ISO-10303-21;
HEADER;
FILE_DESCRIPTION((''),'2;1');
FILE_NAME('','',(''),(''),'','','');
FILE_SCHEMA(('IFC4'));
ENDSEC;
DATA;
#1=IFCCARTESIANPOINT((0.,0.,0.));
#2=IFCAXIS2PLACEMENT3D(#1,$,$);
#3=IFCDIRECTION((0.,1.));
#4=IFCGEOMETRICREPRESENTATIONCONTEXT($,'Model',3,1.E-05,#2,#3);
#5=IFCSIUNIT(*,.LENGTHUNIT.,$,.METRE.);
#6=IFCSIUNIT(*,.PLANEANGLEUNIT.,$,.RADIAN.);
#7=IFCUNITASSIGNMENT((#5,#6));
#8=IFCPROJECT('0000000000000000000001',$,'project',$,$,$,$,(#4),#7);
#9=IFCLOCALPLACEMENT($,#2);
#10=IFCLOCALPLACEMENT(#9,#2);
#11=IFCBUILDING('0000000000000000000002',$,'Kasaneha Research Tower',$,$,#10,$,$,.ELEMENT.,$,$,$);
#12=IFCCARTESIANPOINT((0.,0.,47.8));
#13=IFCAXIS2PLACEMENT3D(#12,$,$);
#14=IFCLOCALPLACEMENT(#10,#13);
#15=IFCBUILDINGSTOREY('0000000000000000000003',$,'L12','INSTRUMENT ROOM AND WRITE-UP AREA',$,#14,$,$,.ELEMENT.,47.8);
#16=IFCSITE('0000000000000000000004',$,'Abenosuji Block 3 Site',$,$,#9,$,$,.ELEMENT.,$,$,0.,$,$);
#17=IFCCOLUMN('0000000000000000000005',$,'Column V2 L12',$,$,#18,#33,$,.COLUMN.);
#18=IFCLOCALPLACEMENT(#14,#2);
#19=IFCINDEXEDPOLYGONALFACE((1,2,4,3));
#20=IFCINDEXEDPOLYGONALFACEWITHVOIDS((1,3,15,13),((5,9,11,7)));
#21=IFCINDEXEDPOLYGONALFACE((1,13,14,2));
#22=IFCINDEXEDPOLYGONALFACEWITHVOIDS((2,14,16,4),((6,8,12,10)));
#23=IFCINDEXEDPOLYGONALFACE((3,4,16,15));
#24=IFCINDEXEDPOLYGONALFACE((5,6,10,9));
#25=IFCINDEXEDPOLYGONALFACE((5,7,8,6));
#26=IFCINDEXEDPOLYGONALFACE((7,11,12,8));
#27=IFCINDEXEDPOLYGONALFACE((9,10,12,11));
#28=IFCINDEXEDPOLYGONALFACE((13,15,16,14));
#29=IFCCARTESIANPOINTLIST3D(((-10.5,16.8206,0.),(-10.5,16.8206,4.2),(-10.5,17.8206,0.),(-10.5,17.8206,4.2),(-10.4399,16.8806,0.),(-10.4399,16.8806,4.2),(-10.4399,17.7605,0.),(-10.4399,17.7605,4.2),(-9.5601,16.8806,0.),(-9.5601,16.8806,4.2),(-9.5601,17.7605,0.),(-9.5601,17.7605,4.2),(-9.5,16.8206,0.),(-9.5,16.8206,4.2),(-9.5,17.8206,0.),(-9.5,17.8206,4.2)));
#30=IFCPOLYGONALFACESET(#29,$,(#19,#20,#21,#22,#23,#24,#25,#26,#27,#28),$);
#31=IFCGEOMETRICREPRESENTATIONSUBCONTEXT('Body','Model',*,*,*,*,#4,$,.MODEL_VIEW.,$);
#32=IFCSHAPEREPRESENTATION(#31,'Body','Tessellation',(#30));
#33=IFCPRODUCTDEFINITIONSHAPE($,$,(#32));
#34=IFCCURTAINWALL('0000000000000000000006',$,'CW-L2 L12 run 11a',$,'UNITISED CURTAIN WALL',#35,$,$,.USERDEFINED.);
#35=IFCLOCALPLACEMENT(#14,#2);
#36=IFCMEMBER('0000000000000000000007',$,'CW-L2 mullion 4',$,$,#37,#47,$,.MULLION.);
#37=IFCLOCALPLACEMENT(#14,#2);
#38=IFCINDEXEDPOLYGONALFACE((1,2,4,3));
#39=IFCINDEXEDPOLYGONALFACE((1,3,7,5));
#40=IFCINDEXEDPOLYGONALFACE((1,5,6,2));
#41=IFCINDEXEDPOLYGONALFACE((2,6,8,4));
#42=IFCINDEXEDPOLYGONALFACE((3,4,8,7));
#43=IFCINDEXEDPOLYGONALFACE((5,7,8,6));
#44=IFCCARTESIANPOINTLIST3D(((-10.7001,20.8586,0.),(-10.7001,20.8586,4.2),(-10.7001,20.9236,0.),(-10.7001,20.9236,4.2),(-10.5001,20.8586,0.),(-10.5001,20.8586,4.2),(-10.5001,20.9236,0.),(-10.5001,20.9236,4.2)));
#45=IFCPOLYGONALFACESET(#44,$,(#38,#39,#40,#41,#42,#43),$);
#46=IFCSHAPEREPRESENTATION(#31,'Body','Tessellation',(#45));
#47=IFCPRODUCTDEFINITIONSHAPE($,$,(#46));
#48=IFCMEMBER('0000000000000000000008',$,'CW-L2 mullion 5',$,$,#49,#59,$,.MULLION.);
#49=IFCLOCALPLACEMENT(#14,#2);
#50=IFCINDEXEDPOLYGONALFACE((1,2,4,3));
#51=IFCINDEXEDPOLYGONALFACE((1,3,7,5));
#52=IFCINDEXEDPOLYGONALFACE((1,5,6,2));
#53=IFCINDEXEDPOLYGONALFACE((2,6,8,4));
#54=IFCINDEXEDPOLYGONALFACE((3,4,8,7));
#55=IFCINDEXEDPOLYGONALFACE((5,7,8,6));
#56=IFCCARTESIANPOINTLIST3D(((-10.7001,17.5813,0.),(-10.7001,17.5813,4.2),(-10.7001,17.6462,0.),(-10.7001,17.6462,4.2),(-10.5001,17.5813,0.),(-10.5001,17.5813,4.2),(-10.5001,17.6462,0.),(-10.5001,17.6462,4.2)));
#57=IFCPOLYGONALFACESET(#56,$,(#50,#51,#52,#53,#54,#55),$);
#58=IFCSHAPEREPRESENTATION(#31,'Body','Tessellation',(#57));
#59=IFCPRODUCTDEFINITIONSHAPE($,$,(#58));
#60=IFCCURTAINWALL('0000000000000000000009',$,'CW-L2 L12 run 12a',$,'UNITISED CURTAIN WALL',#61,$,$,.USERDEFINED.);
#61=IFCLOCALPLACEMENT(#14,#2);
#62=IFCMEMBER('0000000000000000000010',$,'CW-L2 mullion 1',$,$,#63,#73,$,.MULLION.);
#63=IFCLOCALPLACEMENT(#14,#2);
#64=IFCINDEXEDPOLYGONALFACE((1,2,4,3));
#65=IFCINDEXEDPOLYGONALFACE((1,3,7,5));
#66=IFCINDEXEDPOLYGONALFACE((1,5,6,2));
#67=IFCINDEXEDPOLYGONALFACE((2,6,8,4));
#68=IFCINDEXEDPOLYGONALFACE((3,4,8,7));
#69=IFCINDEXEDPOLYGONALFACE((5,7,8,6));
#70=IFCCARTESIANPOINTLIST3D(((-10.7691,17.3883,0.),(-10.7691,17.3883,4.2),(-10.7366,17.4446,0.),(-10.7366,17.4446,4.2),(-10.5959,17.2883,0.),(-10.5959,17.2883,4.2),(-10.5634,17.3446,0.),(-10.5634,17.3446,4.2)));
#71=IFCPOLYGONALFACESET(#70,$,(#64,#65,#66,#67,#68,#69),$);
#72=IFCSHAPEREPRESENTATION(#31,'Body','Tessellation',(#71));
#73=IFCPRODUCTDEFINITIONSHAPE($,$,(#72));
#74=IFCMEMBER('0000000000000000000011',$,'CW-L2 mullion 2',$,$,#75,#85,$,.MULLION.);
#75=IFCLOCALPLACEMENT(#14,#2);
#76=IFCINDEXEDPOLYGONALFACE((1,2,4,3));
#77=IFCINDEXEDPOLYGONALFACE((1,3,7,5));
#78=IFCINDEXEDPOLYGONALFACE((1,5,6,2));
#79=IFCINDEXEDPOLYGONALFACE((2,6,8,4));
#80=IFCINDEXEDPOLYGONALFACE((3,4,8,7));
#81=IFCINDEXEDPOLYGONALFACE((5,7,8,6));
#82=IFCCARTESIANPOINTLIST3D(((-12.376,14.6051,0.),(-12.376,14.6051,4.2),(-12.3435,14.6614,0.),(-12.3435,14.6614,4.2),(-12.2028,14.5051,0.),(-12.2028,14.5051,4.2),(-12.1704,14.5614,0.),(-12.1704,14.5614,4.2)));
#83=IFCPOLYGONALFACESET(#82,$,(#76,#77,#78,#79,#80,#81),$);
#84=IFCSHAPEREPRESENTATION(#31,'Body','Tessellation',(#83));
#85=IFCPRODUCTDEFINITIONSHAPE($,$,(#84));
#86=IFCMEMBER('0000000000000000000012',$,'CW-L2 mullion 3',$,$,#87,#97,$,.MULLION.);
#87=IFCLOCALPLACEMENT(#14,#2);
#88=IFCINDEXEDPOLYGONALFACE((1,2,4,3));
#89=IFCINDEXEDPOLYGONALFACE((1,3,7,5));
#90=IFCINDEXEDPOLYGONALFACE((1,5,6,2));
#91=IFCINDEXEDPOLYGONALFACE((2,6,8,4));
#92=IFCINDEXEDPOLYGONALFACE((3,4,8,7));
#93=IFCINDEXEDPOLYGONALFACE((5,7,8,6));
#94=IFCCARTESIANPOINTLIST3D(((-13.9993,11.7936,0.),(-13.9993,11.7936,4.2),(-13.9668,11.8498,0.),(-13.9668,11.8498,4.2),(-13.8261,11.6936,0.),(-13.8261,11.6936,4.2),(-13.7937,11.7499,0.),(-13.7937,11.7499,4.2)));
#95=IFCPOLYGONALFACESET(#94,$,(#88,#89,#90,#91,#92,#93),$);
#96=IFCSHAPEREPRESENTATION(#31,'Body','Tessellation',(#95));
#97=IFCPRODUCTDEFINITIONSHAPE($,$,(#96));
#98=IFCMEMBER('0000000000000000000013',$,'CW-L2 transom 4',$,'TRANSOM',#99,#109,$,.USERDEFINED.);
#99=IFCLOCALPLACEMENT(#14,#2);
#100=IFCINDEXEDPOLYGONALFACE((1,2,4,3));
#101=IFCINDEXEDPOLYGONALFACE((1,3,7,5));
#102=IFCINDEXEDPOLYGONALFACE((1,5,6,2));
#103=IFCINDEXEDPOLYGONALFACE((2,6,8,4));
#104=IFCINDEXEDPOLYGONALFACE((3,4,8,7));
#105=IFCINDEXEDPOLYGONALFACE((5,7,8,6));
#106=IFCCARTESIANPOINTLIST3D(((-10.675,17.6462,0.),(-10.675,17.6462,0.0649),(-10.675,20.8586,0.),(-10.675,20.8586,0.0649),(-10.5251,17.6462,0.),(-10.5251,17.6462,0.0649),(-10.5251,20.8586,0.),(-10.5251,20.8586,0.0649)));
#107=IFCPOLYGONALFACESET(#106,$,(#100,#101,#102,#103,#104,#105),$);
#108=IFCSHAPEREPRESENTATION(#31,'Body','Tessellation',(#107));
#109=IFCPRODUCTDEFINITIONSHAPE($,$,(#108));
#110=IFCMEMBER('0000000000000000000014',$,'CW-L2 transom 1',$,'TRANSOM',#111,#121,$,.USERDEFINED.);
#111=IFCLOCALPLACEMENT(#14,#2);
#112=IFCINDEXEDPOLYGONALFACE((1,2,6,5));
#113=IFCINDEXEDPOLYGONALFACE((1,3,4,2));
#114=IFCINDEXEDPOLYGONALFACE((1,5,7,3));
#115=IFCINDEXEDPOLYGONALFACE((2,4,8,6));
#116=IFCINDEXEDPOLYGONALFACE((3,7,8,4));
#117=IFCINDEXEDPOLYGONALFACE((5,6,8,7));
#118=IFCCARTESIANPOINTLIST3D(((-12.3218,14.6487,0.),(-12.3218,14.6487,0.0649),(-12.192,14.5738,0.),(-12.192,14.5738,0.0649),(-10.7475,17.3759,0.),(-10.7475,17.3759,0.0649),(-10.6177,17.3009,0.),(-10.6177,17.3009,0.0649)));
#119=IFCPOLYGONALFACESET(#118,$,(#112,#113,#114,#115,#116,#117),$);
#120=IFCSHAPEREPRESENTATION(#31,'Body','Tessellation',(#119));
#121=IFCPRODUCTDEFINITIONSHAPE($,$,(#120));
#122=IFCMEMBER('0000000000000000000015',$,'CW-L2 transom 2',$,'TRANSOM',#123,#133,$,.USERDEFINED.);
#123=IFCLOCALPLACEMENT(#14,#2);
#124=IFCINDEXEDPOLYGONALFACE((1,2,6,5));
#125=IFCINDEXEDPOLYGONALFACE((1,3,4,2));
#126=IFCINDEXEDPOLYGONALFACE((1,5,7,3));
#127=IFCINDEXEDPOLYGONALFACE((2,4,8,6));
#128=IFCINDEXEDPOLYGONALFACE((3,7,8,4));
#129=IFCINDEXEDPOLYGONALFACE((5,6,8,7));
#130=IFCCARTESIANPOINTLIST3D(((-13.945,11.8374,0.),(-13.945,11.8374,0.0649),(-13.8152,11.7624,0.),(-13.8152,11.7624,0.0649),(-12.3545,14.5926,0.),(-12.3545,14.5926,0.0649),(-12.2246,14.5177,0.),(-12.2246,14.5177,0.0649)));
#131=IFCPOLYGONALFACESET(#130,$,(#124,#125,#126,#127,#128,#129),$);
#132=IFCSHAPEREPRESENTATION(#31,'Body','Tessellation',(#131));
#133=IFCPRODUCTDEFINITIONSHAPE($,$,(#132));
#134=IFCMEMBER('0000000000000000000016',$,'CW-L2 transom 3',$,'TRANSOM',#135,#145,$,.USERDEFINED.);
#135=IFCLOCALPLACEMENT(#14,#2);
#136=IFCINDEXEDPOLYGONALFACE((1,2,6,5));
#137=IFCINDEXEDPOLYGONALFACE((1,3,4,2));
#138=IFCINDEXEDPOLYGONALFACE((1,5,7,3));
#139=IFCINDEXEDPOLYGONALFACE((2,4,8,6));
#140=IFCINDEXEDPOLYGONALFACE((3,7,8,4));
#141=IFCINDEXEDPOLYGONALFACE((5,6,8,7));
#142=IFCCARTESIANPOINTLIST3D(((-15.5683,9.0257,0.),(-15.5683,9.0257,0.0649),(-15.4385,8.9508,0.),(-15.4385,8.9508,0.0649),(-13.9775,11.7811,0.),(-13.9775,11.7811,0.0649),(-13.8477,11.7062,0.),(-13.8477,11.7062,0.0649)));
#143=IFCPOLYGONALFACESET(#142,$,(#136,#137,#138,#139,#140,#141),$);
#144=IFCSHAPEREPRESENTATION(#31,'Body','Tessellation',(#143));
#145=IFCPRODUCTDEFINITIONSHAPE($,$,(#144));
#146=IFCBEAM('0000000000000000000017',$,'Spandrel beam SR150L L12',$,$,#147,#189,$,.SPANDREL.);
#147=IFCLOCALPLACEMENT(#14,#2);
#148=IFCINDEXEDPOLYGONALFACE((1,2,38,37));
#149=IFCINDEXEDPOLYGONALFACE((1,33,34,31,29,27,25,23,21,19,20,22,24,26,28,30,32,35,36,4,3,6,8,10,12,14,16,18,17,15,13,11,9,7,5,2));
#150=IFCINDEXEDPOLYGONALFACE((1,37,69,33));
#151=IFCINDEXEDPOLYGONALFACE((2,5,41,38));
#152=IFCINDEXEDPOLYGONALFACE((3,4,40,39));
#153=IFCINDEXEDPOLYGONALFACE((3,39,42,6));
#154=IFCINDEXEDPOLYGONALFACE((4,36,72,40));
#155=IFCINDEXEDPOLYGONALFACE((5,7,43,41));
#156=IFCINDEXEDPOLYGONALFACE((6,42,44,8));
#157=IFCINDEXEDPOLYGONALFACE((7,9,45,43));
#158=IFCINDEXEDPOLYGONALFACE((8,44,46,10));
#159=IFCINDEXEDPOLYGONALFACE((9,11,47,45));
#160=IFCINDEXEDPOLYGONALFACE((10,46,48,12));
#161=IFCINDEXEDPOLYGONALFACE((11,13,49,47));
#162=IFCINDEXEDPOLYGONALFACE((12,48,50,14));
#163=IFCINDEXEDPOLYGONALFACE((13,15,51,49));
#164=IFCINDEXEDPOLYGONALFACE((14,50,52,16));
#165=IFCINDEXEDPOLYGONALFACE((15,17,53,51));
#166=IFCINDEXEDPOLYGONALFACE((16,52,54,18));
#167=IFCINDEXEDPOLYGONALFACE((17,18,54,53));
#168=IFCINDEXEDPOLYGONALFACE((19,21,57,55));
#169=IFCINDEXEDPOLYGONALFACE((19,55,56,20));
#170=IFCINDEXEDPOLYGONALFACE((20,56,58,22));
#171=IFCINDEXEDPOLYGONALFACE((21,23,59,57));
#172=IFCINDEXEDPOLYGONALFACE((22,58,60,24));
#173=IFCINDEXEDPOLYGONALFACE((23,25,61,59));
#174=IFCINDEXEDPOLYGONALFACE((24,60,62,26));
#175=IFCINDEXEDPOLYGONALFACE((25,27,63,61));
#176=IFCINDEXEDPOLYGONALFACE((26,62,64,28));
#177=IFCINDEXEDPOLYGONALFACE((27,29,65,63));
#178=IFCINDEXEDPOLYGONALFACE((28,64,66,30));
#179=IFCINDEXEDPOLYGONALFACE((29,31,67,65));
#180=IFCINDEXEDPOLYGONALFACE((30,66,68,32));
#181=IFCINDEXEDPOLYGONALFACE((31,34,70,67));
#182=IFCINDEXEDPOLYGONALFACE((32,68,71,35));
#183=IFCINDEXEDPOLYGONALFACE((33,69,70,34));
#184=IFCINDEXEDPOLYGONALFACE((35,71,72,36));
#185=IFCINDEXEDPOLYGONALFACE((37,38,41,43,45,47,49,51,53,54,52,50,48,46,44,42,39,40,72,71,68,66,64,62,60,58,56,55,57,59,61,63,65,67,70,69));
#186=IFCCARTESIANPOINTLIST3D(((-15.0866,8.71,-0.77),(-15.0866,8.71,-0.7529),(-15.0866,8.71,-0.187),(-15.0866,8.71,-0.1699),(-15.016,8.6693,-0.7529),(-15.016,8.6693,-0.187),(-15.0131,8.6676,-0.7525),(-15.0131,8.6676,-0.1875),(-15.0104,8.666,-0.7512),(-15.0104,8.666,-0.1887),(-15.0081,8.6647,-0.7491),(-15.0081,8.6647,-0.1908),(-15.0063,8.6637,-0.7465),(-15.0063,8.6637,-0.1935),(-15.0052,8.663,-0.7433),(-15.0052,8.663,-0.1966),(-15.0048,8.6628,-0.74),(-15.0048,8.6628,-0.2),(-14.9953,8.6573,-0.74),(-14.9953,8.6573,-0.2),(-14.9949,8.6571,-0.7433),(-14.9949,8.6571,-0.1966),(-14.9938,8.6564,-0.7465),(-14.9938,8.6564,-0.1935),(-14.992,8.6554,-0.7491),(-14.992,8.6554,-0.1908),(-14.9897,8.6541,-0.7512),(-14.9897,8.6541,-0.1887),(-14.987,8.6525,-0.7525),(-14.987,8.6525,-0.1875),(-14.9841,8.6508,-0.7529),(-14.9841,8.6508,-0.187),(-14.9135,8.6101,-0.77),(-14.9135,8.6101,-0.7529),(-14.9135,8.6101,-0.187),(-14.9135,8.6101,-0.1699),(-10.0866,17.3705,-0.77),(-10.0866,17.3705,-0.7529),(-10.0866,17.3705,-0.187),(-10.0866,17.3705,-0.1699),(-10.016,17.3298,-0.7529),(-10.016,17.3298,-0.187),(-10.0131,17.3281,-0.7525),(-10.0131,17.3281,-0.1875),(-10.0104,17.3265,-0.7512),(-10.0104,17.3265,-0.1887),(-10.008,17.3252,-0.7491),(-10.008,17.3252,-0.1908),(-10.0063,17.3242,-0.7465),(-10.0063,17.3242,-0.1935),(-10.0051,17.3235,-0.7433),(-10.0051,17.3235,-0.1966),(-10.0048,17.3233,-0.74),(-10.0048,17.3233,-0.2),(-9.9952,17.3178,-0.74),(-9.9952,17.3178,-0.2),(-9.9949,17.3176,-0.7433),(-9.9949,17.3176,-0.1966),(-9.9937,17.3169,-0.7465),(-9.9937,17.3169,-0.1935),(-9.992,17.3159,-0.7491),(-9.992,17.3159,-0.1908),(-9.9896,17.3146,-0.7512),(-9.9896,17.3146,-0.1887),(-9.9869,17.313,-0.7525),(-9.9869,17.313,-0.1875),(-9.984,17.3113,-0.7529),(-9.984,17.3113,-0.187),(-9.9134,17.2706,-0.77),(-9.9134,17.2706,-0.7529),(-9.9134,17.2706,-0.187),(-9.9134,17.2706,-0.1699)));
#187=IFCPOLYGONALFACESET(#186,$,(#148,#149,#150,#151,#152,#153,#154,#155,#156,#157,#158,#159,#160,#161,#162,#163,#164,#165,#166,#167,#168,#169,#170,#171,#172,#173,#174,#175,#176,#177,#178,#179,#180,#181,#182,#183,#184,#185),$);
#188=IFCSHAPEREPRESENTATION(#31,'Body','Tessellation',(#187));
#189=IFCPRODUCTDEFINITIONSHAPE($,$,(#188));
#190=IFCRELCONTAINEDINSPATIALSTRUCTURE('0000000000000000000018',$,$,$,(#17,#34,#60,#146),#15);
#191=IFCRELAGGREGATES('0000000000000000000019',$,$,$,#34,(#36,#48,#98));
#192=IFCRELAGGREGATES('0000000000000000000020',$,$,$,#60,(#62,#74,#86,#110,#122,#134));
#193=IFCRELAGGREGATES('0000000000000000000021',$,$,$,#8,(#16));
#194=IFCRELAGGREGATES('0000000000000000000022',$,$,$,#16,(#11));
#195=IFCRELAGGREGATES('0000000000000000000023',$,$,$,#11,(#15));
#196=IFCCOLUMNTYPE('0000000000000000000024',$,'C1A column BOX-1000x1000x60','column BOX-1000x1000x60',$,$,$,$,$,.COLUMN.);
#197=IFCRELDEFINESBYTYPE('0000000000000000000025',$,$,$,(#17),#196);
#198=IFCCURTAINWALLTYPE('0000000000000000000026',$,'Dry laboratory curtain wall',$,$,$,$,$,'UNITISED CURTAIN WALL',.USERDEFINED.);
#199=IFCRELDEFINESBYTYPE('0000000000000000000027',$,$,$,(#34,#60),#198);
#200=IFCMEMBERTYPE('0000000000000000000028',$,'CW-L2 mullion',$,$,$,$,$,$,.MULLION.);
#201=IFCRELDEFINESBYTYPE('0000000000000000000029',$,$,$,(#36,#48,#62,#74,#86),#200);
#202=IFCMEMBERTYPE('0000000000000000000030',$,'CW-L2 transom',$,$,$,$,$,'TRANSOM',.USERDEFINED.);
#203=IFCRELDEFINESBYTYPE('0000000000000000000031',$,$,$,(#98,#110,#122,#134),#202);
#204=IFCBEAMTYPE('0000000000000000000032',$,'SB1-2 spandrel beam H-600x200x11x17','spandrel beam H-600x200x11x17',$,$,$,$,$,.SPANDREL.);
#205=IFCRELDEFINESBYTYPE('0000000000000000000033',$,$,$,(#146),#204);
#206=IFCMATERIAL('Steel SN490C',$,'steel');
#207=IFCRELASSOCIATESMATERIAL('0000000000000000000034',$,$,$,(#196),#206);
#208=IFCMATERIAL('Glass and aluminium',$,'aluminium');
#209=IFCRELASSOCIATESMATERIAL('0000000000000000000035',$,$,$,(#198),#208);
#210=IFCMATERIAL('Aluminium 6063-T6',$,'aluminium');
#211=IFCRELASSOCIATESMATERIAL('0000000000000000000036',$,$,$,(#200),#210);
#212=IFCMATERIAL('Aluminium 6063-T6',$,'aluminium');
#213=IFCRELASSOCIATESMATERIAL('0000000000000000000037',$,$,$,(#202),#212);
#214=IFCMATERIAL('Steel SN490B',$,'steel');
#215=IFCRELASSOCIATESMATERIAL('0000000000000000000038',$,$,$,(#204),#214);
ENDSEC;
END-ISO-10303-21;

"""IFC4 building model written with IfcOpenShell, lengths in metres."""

from ifc_helpers import new_model, si_unit, direction, frame, origin, origin_2d, place, context, subcontext, project, spatial, rectangle, hollow_rectangle, i_section, extrude, material, material_profile, profile_set, type_object, element, aggregate, save


model = new_model("IFC4")

# Units and contexts
model_context = context("Model", 3, precision=1e-05, world=origin(), true_north=direction((0.0, 1.0)))
body_context = subcontext(model_context, "Body", "Model", "MODEL_VIEW")
ifc_project = project(units=[si_unit("LENGTHUNIT", "METRE"), si_unit("PLANEANGLEUNIT", "RADIAN")], contexts=[model_context])

# Site, building, storey
site_placement = place(None, origin())
site = spatial("IfcSite", under=ifc_project, at=site_placement, Name="Abenosuji Block 3 Site", CompositionType="ELEMENT", RefElevation=0.0)
building_placement = place(site_placement, origin())
building = spatial("IfcBuilding", under=site, at=building_placement, Name="Kasaneha Research Tower", CompositionType="ELEMENT")
storey_placement = place(building_placement, frame((0.0, 0.0, 47.8)))
storey = spatial("IfcBuildingStorey", under=building, at=storey_placement, Name="L12", Description="INSTRUMENT ROOM AND WRITE-UP AREA", CompositionType="ELEMENT", Elevation=47.8)

# Column
ifc_material_1 = material(Name="Steel SN490C", Category="steel")
ifc_material_profile_1 = material_profile(ifc_material_1, hollow_rectangle(XDim=1.0, YDim=1.0, WallThickness=0.0601, at=origin_2d()), Name="BOX-1000x1000x60")
ifc_profile_set_1 = profile_set([ifc_material_profile_1], Name="Steel SN490C")
column_type = type_object("IfcColumnType", Name="C1A column BOX-1000x1000x60", Description="column BOX-1000x1000x60", PredefinedType="COLUMN", material=ifc_profile_set_1)
column_placement = place(storey_placement, frame((-10.0, 17.3206, 0.0), z_axis=(0.0, 0.0, 1.0), x_axis=(1.0, 0.0, 0.0)))
element("IfcColumn", 1, at=column_placement, inside=storey, type_object=column_type, Name="Column V2 L12", PredefinedType="COLUMN", context=body_context, shape_type="SweptSolid", body=[
    extrude(hollow_rectangle(XDim=1.0, YDim=1.0, WallThickness=0.0601, at=origin_2d()), origin(), (0.0, 0.0, 1.0), 4.2),
])

# Curtain walls, members
ifc_material_2 = material(Name="Glass and aluminium", Category="aluminium")
curtain_wall_type = type_object("IfcCurtainWallType", Name="Dry laboratory curtain wall", ElementType="UNITISED CURTAIN WALL", PredefinedType="USERDEFINED", material=ifc_material_2)
curtain_wall_1_placement = place(storey_placement, origin())
curtain_wall_1 = element("IfcCurtainWall", 2, at=curtain_wall_1_placement, inside=storey, type_object=curtain_wall_type, Name="CW-L2 L12 run 11a", ObjectType="UNITISED CURTAIN WALL", PredefinedType="USERDEFINED")
ifc_material_3 = material(Name="Aluminium 6063-T6", Category="aluminium")
ifc_material_profile_2 = material_profile(ifc_material_3, rectangle(XDim=0.0649, YDim=0.2, at=origin_2d()), Name="CW-L2 mullion 65x200")
ifc_profile_set_2 = profile_set([ifc_material_profile_2], Name="Aluminium 6063-T6")
member_type_1 = type_object("IfcMemberType", Name="CW-L2 mullion", PredefinedType="MULLION", material=ifc_profile_set_2)
member_1_placement = place(storey_placement, frame((-10.6001, 20.8911, 0.0), z_axis=(0.0, 0.0, 1.0), x_axis=(0.0, -1.0, 0.0)))
member_1 = element("IfcMember", 3, at=member_1_placement, type_object=member_type_1, Name="CW-L2 mullion 4", PredefinedType="MULLION", context=body_context, shape_type="SweptSolid", body=[
    extrude(rectangle(XDim=0.0649, YDim=0.2, at=origin_2d()), origin(), (0.0, 0.0, 1.0), 4.2),
])
member_2_placement = place(storey_placement, frame((-10.6001, 17.6138, 0.0), z_axis=(0.0, 0.0, 1.0), x_axis=(0.0, -1.0, 0.0)))
member_2 = element("IfcMember", 4, at=member_2_placement, type_object=member_type_1, Name="CW-L2 mullion 5", PredefinedType="MULLION", context=body_context, shape_type="SweptSolid", body=[
    extrude(rectangle(XDim=0.0649, YDim=0.2, at=origin_2d()), origin(), (0.0, 0.0, 1.0), 4.2),
])
curtain_wall_2_placement = place(storey_placement, origin())
curtain_wall_2 = element("IfcCurtainWall", 5, at=curtain_wall_2_placement, inside=storey, type_object=curtain_wall_type, Name="CW-L2 L12 run 12a", ObjectType="UNITISED CURTAIN WALL", PredefinedType="USERDEFINED")
member_3_placement = place(storey_placement, frame((-10.6663, 17.3665, 0.0), z_axis=(0.0, 0.0, 1.0), x_axis=(-0.5, -0.866025, 0.0)))
member_3 = element("IfcMember", 6, at=member_3_placement, type_object=member_type_1, Name="CW-L2 mullion 1", PredefinedType="MULLION", context=body_context, shape_type="SweptSolid", body=[
    extrude(rectangle(XDim=0.0649, YDim=0.2, at=origin_2d()), origin(), (0.0, 0.0, 1.0), 4.2),
])
member_4_placement = place(storey_placement, frame((-12.2732, 14.5833, 0.0), z_axis=(0.0, 0.0, 1.0), x_axis=(-0.5, -0.866025, 0.0)))
member_4 = element("IfcMember", 7, at=member_4_placement, type_object=member_type_1, Name="CW-L2 mullion 2", PredefinedType="MULLION", context=body_context, shape_type="SweptSolid", body=[
    extrude(rectangle(XDim=0.0649, YDim=0.2, at=origin_2d()), origin(), (0.0, 0.0, 1.0), 4.2),
])
member_5_placement = place(storey_placement, frame((-13.8965, 11.7717, 0.0), z_axis=(0.0, 0.0, 1.0), x_axis=(-0.5, -0.866025, 0.0)))
member_5 = element("IfcMember", 8, at=member_5_placement, type_object=member_type_1, Name="CW-L2 mullion 3", PredefinedType="MULLION", context=body_context, shape_type="SweptSolid", body=[
    extrude(rectangle(XDim=0.0649, YDim=0.2, at=origin_2d()), origin(), (0.0, 0.0, 1.0), 4.2),
])

# Members
ifc_material_4 = material(Name="Aluminium 6063-T6", Category="aluminium")
ifc_material_profile_3 = material_profile(ifc_material_4, rectangle(XDim=0.1499, YDim=0.0649, at=origin_2d()), Name="CW-L2 transom 150x65")
ifc_profile_set_3 = profile_set([ifc_material_profile_3], Name="Aluminium 6063-T6")
member_type_2 = type_object("IfcMemberType", Name="CW-L2 transom", ElementType="TRANSOM", PredefinedType="USERDEFINED", material=ifc_profile_set_3)
member_6_placement = place(storey_placement, frame((-10.6001, 20.8586, 0.0325), z_axis=(0.0, -1.0, 0.0), x_axis=(1.0, 0.0, 0.0)))
member_6 = element("IfcMember", 9, at=member_6_placement, type_object=member_type_2, Name="CW-L2 transom 4", ObjectType="TRANSOM", PredefinedType="USERDEFINED", context=body_context, shape_type="SweptSolid", body=[
    extrude(rectangle(XDim=0.1499, YDim=0.0649, at=origin_2d()), origin(), (0.0, 0.0, 1.0), 3.2124),
])
member_7_placement = place(storey_placement, frame((-10.6826, 17.3384, 0.0325), z_axis=(-0.499942, -0.866059, 0.0), x_axis=(0.866059, -0.499942, 0.0)))
member_7 = element("IfcMember", 10, at=member_7_placement, type_object=member_type_2, Name="CW-L2 transom 1", ObjectType="TRANSOM", PredefinedType="USERDEFINED", context=body_context, shape_type="SweptSolid", body=[
    extrude(rectangle(XDim=0.1499, YDim=0.0649, at=origin_2d()), origin(), (0.0, 0.0, 1.0), 3.1489),
])
member_8_placement = place(storey_placement, frame((-12.2896, 14.5552, 0.0325), z_axis=(-0.499944, -0.866058, 0.0), x_axis=(0.866058, -0.499944, 0.0)))
member_8 = element("IfcMember", 11, at=member_8_placement, type_object=member_type_2, Name="CW-L2 transom 2", ObjectType="TRANSOM", PredefinedType="USERDEFINED", context=body_context, shape_type="SweptSolid", body=[
    extrude(rectangle(XDim=0.1499, YDim=0.0649, at=origin_2d()), origin(), (0.0, 0.0, 1.0), 3.1814),
])
member_9_placement = place(storey_placement, frame((-13.9126, 11.7437, 0.0325), z_axis=(-0.500001, -0.866025, 0.0), x_axis=(0.866025, -0.500001, 0.0)))
member_9 = element("IfcMember", 12, at=member_9_placement, type_object=member_type_2, Name="CW-L2 transom 3", ObjectType="TRANSOM", PredefinedType="USERDEFINED", context=body_context, shape_type="SweptSolid", body=[
    extrude(rectangle(XDim=0.1499, YDim=0.0649, at=origin_2d()), origin(), (0.0, 0.0, 1.0), 3.1816),
])

# Beam
ifc_material_5 = material(Name="Steel SN490B", Category="steel")
ifc_material_profile_4 = material_profile(ifc_material_5, i_section(OverallWidth=0.2, OverallDepth=0.6001, WebThickness=0.011, FlangeThickness=0.0171, FilletRadius=0.0129, at=origin_2d()), Name="H-600x200x11x17")
ifc_profile_set_4 = profile_set([ifc_material_profile_4], Name="Steel SN490B")
beam_type = type_object("IfcBeamType", Name="SB1-2 spandrel beam H-600x200x11x17", Description="spandrel beam H-600x200x11x17", PredefinedType="SPANDREL", material=ifc_profile_set_4)
beam_placement = place(storey_placement, frame((-10.0, 17.3206, -0.47), z_axis=(-0.499994, -0.866029, 0.0), x_axis=(0.866029, -0.499994, 0.0)))
element("IfcBeam", 13, at=beam_placement, inside=storey, type_object=beam_type, Name="Spandrel beam SR150L L12", PredefinedType="SPANDREL", context=body_context, shape_type="SweptSolid", body=[
    extrude(i_section(OverallWidth=0.2, OverallDepth=0.6001, WebThickness=0.011, FlangeThickness=0.0171, FilletRadius=0.0129, at=origin_2d()), origin(), (0.0, 0.0, 1.0), 10.0002),
])

aggregate(curtain_wall_1, [member_1, member_2, member_6])
aggregate(curtain_wall_2, [member_3, member_4, member_5, member_7, member_8, member_9])

save(model, "model.ifc")
